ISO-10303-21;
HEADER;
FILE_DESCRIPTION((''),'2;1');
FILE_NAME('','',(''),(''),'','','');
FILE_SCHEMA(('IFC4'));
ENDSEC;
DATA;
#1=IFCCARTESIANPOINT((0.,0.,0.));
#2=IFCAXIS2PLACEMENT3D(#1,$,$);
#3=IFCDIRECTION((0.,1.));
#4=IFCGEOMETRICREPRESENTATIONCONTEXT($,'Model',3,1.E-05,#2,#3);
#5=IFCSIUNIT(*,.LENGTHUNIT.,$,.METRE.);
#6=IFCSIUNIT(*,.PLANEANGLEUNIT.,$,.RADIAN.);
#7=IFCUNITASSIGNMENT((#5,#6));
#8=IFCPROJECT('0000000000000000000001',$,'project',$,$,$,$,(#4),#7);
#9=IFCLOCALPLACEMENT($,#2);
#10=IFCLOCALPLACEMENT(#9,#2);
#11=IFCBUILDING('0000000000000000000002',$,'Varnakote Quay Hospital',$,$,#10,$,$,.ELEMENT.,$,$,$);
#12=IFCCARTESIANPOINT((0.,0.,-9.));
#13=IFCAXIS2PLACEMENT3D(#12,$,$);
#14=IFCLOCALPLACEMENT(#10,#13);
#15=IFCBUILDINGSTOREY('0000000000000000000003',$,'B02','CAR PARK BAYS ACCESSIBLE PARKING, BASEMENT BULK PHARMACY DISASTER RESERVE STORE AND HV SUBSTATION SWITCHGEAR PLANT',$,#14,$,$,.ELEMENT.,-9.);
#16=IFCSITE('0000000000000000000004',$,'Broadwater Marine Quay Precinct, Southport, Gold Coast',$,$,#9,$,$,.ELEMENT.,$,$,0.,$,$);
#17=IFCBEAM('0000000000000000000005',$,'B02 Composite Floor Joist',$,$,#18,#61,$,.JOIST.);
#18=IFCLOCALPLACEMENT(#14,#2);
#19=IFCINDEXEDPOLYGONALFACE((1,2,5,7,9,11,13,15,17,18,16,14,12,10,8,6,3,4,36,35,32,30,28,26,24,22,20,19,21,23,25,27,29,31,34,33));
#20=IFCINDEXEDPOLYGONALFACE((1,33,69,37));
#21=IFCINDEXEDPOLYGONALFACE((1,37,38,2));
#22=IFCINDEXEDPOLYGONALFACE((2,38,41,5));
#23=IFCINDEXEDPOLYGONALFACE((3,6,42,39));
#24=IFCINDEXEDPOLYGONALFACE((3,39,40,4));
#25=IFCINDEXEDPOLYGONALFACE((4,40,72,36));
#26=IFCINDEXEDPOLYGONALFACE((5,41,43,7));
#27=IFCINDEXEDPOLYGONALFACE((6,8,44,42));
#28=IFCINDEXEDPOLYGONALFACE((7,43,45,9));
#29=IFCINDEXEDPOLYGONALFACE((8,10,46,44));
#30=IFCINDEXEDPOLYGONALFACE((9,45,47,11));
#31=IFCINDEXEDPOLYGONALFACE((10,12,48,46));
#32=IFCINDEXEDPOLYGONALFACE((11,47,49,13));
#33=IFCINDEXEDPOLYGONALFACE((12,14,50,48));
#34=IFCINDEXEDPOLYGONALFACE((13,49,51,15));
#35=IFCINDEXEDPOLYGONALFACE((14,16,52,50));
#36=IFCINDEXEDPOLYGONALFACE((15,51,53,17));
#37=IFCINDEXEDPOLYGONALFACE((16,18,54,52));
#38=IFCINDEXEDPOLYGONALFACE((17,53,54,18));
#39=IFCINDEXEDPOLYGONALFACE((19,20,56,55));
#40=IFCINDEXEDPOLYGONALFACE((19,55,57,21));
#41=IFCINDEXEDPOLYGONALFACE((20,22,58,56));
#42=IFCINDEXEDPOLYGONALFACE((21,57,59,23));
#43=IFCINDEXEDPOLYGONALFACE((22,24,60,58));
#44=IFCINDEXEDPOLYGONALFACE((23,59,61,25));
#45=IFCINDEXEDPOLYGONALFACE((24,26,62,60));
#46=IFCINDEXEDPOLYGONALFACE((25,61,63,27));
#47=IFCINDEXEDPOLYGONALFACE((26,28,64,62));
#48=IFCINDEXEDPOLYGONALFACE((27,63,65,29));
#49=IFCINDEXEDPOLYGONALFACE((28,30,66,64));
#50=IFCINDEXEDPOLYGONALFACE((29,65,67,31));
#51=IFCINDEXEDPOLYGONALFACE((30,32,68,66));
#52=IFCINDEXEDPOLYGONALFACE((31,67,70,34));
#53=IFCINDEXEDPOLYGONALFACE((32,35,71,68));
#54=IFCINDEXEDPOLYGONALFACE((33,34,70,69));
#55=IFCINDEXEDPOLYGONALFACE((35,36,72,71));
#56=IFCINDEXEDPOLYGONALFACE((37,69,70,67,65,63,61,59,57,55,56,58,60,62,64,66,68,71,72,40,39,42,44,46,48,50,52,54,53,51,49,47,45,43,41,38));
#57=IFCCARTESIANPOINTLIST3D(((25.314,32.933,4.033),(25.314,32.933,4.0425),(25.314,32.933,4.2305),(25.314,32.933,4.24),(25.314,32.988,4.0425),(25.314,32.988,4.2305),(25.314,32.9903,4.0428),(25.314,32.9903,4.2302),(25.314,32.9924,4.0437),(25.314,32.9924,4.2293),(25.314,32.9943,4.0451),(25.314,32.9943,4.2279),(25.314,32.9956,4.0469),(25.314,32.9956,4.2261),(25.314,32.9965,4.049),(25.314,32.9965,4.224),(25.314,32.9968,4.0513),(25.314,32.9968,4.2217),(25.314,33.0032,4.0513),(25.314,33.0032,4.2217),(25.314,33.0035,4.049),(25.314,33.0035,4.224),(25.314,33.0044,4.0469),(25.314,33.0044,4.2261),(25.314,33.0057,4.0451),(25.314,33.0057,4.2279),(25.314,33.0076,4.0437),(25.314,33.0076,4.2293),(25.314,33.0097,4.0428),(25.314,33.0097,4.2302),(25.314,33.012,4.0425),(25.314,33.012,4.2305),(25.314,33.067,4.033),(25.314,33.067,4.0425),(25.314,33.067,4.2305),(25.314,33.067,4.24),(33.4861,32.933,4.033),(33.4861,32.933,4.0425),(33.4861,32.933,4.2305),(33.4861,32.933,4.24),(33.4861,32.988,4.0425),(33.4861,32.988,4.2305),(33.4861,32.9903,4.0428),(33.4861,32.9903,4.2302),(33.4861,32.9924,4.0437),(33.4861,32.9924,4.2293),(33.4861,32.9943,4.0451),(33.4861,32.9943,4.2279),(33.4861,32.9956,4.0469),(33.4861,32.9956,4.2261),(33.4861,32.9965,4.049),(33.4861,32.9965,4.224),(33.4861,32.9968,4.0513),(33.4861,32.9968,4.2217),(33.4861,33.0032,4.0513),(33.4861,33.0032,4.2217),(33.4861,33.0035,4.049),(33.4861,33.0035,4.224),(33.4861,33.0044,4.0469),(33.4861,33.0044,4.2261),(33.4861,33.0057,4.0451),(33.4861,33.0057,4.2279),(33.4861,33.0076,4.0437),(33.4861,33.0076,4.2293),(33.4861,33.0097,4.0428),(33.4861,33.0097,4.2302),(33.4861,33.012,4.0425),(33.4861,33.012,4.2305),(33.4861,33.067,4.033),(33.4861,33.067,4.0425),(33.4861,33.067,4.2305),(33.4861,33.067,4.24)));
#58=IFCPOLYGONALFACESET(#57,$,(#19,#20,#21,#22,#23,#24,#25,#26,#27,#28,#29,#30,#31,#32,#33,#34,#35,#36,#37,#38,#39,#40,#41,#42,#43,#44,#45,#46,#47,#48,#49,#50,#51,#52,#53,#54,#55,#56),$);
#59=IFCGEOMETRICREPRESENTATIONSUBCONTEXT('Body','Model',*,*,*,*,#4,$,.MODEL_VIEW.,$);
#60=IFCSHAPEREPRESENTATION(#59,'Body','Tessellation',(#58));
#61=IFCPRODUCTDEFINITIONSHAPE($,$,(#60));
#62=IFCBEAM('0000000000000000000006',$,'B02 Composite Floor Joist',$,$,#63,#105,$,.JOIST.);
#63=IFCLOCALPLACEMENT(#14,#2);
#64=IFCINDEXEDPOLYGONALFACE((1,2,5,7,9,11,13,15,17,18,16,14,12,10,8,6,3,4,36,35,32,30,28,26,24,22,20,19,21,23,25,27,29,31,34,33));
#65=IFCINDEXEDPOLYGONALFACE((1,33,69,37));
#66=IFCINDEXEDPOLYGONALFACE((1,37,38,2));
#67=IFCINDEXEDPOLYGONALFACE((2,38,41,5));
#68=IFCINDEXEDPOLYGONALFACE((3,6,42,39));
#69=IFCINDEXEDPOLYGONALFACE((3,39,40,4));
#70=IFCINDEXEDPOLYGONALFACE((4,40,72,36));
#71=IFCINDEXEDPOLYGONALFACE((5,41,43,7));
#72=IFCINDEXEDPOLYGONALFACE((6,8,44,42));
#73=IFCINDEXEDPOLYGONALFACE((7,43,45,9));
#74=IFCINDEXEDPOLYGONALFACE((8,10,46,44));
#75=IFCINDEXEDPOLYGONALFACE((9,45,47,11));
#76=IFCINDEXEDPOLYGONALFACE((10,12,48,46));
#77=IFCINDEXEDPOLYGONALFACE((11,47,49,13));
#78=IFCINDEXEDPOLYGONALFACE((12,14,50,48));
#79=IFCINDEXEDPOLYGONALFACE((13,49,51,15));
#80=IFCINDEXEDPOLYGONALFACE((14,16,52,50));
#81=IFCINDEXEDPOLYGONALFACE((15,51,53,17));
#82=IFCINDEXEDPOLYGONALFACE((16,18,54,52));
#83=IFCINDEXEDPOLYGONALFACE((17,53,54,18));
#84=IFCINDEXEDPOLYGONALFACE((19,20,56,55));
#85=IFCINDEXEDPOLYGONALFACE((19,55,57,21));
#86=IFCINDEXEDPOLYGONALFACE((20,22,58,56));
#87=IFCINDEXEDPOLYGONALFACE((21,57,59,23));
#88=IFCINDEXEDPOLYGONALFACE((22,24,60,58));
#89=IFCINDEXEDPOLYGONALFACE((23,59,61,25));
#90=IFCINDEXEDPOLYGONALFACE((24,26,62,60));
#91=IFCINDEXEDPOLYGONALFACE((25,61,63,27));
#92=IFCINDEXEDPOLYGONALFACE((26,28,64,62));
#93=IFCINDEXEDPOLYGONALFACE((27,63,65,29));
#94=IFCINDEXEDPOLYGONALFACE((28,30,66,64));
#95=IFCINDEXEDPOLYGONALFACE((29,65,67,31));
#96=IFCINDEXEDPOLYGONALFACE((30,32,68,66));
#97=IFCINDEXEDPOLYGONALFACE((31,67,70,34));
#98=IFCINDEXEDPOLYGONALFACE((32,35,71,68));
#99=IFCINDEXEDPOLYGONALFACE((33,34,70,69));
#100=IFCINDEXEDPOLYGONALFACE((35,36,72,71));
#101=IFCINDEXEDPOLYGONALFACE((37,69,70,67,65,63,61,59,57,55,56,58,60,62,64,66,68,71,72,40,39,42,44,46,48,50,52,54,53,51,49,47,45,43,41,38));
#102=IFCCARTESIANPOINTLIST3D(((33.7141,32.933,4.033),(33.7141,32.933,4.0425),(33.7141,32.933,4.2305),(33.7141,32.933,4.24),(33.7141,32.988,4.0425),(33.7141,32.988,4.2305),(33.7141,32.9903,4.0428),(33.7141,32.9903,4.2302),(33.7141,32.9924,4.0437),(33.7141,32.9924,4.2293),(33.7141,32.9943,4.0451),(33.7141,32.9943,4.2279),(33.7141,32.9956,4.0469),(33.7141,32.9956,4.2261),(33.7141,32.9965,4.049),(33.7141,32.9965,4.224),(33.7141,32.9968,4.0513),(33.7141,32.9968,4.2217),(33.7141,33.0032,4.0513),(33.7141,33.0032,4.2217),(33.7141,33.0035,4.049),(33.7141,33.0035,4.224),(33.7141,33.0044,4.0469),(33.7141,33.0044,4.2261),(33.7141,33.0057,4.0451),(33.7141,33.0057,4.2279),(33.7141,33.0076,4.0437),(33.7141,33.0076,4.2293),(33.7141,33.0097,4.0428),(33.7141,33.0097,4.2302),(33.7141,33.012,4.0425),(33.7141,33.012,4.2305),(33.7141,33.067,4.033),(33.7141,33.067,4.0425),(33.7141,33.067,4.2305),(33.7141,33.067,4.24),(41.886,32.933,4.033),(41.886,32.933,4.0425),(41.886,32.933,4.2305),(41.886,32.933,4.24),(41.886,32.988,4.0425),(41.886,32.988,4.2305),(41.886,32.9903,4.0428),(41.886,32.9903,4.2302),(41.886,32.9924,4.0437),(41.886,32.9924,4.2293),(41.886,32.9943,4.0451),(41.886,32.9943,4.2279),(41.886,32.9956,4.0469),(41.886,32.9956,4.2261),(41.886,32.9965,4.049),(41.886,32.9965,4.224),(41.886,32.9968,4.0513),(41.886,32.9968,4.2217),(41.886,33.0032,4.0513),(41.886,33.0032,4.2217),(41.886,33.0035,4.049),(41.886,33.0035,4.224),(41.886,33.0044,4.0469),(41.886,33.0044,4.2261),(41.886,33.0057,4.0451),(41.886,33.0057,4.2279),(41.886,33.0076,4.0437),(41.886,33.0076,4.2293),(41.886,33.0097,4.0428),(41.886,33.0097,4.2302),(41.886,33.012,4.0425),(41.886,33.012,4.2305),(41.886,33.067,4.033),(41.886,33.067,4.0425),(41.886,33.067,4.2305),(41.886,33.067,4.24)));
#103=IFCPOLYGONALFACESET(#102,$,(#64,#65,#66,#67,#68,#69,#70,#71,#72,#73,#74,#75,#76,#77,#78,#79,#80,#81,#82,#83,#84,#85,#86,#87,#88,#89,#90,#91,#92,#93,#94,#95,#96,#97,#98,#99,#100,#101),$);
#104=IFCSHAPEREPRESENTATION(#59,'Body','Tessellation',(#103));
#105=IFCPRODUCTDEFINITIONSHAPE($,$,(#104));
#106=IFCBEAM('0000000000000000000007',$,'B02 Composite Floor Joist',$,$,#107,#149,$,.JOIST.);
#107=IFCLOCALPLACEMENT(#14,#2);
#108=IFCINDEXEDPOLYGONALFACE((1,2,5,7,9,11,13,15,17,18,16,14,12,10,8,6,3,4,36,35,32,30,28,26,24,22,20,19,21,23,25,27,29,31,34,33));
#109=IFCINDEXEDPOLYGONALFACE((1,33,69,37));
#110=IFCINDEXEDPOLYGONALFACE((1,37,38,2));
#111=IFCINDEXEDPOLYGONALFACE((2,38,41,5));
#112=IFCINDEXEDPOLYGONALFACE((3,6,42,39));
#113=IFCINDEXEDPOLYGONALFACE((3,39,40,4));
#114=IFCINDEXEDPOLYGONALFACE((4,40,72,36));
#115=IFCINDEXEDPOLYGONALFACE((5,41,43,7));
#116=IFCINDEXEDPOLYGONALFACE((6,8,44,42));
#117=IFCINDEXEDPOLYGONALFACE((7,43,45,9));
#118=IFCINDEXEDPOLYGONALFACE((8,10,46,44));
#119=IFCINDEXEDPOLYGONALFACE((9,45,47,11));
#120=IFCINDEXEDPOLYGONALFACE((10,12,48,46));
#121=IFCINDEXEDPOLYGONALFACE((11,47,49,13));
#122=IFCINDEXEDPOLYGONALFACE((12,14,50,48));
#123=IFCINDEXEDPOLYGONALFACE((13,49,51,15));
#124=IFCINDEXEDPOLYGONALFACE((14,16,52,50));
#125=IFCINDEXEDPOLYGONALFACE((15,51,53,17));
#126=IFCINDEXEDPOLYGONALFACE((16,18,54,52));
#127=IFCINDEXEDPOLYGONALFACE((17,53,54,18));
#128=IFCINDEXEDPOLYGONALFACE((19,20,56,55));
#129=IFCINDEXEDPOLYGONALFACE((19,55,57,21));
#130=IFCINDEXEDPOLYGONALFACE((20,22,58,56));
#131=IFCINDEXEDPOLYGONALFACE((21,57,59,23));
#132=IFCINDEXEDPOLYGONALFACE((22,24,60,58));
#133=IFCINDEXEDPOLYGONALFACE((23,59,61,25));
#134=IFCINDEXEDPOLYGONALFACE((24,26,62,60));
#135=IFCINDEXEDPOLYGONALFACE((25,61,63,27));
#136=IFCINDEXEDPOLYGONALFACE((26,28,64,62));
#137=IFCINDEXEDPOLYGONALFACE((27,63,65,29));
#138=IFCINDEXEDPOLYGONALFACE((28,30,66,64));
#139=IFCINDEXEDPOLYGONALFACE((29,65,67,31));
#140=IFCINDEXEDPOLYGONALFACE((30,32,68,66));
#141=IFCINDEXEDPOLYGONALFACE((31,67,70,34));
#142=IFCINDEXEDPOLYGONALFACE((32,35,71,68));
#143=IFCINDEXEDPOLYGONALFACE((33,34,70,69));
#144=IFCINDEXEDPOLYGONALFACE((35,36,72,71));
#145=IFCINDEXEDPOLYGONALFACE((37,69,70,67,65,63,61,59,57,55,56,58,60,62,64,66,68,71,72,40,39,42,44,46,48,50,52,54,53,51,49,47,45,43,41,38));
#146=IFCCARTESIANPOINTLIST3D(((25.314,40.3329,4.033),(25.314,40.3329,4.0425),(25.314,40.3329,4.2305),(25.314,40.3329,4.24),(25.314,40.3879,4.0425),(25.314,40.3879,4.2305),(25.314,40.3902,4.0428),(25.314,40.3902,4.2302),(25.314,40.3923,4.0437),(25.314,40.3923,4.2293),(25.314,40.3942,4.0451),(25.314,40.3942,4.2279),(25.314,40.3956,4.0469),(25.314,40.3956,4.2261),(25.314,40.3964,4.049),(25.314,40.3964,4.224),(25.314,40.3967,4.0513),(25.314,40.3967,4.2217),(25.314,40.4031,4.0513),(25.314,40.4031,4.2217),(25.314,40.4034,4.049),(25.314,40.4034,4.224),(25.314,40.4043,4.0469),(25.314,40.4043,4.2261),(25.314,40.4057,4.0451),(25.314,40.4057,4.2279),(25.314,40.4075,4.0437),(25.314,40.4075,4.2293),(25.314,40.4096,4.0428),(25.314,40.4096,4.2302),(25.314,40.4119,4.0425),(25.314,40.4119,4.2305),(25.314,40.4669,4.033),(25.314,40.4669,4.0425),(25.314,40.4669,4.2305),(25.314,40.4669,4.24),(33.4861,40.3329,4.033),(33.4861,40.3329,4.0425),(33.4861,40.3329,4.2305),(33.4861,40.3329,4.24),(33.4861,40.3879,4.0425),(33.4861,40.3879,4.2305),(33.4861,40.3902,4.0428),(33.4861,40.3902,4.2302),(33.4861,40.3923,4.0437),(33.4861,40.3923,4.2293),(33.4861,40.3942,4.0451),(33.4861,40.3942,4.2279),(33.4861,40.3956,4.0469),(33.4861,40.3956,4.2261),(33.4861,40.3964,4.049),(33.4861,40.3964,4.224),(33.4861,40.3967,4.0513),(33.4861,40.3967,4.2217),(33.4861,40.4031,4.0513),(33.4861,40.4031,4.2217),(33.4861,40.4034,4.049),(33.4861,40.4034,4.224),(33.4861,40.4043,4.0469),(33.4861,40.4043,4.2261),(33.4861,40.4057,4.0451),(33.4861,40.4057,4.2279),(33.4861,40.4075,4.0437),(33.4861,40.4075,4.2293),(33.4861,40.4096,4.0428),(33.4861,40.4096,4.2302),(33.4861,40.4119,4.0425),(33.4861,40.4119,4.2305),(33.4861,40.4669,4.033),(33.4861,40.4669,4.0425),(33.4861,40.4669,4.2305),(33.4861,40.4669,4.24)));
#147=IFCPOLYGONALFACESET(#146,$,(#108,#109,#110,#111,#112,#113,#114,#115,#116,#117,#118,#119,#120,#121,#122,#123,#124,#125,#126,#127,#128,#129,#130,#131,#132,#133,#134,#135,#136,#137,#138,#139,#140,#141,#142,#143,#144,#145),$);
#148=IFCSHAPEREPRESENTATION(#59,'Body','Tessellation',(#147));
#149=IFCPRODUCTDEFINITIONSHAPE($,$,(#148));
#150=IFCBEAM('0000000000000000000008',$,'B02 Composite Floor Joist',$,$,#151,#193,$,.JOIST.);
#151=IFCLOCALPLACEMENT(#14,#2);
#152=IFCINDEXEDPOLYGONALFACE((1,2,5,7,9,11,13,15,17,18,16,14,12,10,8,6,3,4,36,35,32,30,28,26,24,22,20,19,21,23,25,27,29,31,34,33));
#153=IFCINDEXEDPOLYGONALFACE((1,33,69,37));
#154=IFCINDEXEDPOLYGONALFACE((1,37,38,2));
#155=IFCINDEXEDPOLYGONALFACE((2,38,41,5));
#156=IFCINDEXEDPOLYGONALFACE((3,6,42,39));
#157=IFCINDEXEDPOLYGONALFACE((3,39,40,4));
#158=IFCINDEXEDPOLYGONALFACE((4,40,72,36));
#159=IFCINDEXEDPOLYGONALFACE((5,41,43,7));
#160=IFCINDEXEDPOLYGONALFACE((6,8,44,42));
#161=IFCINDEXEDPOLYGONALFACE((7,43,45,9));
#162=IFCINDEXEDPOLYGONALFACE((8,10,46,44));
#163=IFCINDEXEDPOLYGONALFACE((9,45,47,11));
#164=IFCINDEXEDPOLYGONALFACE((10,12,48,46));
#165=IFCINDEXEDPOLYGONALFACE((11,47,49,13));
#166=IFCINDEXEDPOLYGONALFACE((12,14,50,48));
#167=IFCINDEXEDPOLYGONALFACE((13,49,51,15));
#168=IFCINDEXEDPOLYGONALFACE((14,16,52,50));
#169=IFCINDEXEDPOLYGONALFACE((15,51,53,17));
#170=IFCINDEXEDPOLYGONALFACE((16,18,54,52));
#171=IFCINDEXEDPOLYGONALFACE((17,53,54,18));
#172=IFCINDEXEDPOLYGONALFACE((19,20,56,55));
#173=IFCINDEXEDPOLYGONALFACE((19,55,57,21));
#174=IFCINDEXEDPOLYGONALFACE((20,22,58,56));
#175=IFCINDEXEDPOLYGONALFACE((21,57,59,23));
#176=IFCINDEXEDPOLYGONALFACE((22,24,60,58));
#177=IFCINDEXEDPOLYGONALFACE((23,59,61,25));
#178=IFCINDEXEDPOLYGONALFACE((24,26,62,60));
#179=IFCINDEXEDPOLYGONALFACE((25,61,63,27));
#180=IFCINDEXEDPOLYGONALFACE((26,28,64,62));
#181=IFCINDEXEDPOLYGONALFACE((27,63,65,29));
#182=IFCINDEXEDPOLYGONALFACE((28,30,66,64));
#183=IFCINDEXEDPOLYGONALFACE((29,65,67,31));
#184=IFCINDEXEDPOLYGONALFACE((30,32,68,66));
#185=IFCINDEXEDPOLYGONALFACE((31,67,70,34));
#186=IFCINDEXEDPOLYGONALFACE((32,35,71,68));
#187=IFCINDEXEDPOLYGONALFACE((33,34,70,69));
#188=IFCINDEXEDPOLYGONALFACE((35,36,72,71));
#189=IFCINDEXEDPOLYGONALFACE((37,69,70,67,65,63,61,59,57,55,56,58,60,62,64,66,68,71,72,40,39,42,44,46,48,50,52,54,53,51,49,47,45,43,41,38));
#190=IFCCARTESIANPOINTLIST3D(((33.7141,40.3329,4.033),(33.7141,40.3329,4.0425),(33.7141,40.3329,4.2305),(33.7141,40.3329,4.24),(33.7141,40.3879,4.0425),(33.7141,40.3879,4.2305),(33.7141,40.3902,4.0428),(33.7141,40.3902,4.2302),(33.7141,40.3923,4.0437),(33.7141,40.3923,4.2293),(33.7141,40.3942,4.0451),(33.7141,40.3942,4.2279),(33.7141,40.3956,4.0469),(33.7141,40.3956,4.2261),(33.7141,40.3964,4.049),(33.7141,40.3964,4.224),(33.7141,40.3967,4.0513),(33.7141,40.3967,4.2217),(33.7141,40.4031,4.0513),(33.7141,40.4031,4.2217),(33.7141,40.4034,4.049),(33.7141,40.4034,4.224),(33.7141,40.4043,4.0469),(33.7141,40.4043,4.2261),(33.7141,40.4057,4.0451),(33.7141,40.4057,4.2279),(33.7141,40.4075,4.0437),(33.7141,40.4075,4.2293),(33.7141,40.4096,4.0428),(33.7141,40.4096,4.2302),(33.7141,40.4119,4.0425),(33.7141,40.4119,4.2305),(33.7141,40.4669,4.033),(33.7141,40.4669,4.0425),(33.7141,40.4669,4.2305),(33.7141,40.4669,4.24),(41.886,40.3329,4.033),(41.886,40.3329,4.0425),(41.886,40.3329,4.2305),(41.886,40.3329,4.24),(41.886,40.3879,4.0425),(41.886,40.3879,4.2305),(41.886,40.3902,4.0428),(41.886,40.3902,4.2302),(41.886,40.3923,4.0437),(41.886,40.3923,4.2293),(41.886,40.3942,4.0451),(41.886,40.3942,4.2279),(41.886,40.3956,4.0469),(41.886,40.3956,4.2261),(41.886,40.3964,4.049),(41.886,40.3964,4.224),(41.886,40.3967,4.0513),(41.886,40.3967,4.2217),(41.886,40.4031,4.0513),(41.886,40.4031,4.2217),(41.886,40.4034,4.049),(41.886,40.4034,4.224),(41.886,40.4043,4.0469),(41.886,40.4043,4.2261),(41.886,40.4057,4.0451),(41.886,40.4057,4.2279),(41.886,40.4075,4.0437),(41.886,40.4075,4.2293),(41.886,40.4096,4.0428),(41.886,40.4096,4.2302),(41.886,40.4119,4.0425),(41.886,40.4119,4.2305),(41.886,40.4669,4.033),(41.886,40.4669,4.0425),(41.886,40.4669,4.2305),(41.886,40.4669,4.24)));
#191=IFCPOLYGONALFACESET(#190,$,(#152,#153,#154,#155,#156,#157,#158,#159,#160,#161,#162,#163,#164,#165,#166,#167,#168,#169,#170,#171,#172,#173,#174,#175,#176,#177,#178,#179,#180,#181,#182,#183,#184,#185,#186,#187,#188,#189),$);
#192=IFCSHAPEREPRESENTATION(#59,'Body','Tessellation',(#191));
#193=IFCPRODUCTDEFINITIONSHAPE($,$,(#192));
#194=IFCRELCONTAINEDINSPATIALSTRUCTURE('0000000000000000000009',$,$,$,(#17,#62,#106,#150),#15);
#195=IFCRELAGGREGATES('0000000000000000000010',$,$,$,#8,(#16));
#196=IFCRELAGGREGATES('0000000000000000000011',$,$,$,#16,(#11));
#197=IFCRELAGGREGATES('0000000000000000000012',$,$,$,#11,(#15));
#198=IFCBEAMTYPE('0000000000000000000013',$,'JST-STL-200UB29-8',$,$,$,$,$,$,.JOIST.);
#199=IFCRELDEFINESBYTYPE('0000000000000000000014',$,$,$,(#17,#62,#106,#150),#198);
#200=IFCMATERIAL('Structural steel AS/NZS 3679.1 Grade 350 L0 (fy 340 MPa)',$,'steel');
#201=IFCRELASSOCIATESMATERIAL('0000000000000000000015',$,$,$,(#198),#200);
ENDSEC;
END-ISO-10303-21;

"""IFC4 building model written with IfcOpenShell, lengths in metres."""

from ifc_helpers import new_model, si_unit, direction, frame, origin, origin_2d, place, context, subcontext, project, spatial, i_section, extrude, material, material_profile, profile_set, type_object, element, save


model = new_model("IFC4")

# Units and contexts
model_context = context("Model", 3, precision=1e-05, world=origin(), true_north=direction((0.0, 1.0)))
body_context = subcontext(model_context, "Body", "Model", "MODEL_VIEW")
ifc_project = project(units=[si_unit("LENGTHUNIT", "METRE"), si_unit("PLANEANGLEUNIT", "RADIAN")], contexts=[model_context])

# Site, building, storey
site_placement = place(None, origin())
site = spatial("IfcSite", under=ifc_project, at=site_placement, Name="Broadwater Marine Quay Precinct, Southport, Gold Coast", CompositionType="ELEMENT", RefElevation=0.0)
building_placement = place(site_placement, origin())
building = spatial("IfcBuilding", under=site, at=building_placement, Name="Varnakote Quay Hospital", CompositionType="ELEMENT")
storey_placement = place(building_placement, frame((0.0, 0.0, -9.0)))
storey = spatial("IfcBuildingStorey", under=building, at=storey_placement, Name="B02", Description="CAR PARK BAYS ACCESSIBLE PARKING, BASEMENT BULK PHARMACY DISASTER RESERVE STORE AND HV SUBSTATION SWITCHGEAR PLANT", CompositionType="ELEMENT", Elevation=-9.0)

# Beams
ifc_material_1 = material(Name="Structural steel AS/NZS 3679.1 Grade 350 L0 (fy 340 MPa)", Category="steel")
ifc_material_profile_1 = material_profile(ifc_material_1, i_section(OverallWidth=0.134, OverallDepth=0.207, WebThickness=0.0063, FlangeThickness=0.0095, FilletRadius=0.0088, at=origin_2d()), Name="200UB29.8")
ifc_profile_set_1 = profile_set([ifc_material_profile_1], Name="Structural steel AS/NZS 3679.1 Grade 350 L0 (fy 340 MPa)")
beam_type_1 = type_object("IfcBeamType", Name="JST-STL-200UB29-8", PredefinedType="JOIST", material=ifc_profile_set_1)
beam_1_placement = place(storey_placement, frame((25.314, 33.0, 4.1365), z_axis=(1.0, 0.0, 0.0), x_axis=(0.0, 1.0, 0.0)))
element("IfcBeam", 1, at=beam_1_placement, inside=storey, type_object=beam_type_1, Name="B02 Composite Floor Joist", PredefinedType="JOIST", context=body_context, shape_type="SweptSolid", body=[
    extrude(i_section(OverallWidth=0.134, OverallDepth=0.207, WebThickness=0.0063, FlangeThickness=0.0095, FilletRadius=0.0088, at=origin_2d()), origin(), (0.0, 0.0, 1.0), 8.1721),
])
beam_2_placement = place(storey_placement, frame((33.7141, 33.0, 4.1365), z_axis=(1.0, 0.0, 0.0), x_axis=(0.0, 1.0, 0.0)))
element("IfcBeam", 2, at=beam_2_placement, inside=storey, type_object=beam_type_1, Name="B02 Composite Floor Joist", PredefinedType="JOIST", context=body_context, shape_type="SweptSolid", body=[
    extrude(i_section(OverallWidth=0.134, OverallDepth=0.207, WebThickness=0.0063, FlangeThickness=0.0095, FilletRadius=0.0088, at=origin_2d()), origin(), (0.0, 0.0, 1.0), 8.1719),
])
beam_3_placement = place(storey_placement, frame((25.314, 40.3999, 4.1365), z_axis=(1.0, 0.0, 0.0), x_axis=(0.0, 1.0, 0.0)))
element("IfcBeam", 3, at=beam_3_placement, inside=storey, type_object=beam_type_1, Name="B02 Composite Floor Joist", PredefinedType="JOIST", context=body_context, shape_type="SweptSolid", body=[
    extrude(i_section(OverallWidth=0.134, OverallDepth=0.207, WebThickness=0.0063, FlangeThickness=0.0095, FilletRadius=0.0088, at=origin_2d()), origin(), (0.0, 0.0, 1.0), 8.1721),
])
beam_4_placement = place(storey_placement, frame((33.7141, 40.3999, 4.1365), z_axis=(1.0, 0.0, 0.0), x_axis=(0.0, 1.0, 0.0)))
element("IfcBeam", 4, at=beam_4_placement, inside=storey, type_object=beam_type_1, Name="B02 Composite Floor Joist", PredefinedType="JOIST", context=body_context, shape_type="SweptSolid", body=[
    extrude(i_section(OverallWidth=0.134, OverallDepth=0.207, WebThickness=0.0063, FlangeThickness=0.0095, FilletRadius=0.0088, at=origin_2d()), origin(), (0.0, 0.0, 1.0), 8.1719),
])

save(model, "model.ifc")
